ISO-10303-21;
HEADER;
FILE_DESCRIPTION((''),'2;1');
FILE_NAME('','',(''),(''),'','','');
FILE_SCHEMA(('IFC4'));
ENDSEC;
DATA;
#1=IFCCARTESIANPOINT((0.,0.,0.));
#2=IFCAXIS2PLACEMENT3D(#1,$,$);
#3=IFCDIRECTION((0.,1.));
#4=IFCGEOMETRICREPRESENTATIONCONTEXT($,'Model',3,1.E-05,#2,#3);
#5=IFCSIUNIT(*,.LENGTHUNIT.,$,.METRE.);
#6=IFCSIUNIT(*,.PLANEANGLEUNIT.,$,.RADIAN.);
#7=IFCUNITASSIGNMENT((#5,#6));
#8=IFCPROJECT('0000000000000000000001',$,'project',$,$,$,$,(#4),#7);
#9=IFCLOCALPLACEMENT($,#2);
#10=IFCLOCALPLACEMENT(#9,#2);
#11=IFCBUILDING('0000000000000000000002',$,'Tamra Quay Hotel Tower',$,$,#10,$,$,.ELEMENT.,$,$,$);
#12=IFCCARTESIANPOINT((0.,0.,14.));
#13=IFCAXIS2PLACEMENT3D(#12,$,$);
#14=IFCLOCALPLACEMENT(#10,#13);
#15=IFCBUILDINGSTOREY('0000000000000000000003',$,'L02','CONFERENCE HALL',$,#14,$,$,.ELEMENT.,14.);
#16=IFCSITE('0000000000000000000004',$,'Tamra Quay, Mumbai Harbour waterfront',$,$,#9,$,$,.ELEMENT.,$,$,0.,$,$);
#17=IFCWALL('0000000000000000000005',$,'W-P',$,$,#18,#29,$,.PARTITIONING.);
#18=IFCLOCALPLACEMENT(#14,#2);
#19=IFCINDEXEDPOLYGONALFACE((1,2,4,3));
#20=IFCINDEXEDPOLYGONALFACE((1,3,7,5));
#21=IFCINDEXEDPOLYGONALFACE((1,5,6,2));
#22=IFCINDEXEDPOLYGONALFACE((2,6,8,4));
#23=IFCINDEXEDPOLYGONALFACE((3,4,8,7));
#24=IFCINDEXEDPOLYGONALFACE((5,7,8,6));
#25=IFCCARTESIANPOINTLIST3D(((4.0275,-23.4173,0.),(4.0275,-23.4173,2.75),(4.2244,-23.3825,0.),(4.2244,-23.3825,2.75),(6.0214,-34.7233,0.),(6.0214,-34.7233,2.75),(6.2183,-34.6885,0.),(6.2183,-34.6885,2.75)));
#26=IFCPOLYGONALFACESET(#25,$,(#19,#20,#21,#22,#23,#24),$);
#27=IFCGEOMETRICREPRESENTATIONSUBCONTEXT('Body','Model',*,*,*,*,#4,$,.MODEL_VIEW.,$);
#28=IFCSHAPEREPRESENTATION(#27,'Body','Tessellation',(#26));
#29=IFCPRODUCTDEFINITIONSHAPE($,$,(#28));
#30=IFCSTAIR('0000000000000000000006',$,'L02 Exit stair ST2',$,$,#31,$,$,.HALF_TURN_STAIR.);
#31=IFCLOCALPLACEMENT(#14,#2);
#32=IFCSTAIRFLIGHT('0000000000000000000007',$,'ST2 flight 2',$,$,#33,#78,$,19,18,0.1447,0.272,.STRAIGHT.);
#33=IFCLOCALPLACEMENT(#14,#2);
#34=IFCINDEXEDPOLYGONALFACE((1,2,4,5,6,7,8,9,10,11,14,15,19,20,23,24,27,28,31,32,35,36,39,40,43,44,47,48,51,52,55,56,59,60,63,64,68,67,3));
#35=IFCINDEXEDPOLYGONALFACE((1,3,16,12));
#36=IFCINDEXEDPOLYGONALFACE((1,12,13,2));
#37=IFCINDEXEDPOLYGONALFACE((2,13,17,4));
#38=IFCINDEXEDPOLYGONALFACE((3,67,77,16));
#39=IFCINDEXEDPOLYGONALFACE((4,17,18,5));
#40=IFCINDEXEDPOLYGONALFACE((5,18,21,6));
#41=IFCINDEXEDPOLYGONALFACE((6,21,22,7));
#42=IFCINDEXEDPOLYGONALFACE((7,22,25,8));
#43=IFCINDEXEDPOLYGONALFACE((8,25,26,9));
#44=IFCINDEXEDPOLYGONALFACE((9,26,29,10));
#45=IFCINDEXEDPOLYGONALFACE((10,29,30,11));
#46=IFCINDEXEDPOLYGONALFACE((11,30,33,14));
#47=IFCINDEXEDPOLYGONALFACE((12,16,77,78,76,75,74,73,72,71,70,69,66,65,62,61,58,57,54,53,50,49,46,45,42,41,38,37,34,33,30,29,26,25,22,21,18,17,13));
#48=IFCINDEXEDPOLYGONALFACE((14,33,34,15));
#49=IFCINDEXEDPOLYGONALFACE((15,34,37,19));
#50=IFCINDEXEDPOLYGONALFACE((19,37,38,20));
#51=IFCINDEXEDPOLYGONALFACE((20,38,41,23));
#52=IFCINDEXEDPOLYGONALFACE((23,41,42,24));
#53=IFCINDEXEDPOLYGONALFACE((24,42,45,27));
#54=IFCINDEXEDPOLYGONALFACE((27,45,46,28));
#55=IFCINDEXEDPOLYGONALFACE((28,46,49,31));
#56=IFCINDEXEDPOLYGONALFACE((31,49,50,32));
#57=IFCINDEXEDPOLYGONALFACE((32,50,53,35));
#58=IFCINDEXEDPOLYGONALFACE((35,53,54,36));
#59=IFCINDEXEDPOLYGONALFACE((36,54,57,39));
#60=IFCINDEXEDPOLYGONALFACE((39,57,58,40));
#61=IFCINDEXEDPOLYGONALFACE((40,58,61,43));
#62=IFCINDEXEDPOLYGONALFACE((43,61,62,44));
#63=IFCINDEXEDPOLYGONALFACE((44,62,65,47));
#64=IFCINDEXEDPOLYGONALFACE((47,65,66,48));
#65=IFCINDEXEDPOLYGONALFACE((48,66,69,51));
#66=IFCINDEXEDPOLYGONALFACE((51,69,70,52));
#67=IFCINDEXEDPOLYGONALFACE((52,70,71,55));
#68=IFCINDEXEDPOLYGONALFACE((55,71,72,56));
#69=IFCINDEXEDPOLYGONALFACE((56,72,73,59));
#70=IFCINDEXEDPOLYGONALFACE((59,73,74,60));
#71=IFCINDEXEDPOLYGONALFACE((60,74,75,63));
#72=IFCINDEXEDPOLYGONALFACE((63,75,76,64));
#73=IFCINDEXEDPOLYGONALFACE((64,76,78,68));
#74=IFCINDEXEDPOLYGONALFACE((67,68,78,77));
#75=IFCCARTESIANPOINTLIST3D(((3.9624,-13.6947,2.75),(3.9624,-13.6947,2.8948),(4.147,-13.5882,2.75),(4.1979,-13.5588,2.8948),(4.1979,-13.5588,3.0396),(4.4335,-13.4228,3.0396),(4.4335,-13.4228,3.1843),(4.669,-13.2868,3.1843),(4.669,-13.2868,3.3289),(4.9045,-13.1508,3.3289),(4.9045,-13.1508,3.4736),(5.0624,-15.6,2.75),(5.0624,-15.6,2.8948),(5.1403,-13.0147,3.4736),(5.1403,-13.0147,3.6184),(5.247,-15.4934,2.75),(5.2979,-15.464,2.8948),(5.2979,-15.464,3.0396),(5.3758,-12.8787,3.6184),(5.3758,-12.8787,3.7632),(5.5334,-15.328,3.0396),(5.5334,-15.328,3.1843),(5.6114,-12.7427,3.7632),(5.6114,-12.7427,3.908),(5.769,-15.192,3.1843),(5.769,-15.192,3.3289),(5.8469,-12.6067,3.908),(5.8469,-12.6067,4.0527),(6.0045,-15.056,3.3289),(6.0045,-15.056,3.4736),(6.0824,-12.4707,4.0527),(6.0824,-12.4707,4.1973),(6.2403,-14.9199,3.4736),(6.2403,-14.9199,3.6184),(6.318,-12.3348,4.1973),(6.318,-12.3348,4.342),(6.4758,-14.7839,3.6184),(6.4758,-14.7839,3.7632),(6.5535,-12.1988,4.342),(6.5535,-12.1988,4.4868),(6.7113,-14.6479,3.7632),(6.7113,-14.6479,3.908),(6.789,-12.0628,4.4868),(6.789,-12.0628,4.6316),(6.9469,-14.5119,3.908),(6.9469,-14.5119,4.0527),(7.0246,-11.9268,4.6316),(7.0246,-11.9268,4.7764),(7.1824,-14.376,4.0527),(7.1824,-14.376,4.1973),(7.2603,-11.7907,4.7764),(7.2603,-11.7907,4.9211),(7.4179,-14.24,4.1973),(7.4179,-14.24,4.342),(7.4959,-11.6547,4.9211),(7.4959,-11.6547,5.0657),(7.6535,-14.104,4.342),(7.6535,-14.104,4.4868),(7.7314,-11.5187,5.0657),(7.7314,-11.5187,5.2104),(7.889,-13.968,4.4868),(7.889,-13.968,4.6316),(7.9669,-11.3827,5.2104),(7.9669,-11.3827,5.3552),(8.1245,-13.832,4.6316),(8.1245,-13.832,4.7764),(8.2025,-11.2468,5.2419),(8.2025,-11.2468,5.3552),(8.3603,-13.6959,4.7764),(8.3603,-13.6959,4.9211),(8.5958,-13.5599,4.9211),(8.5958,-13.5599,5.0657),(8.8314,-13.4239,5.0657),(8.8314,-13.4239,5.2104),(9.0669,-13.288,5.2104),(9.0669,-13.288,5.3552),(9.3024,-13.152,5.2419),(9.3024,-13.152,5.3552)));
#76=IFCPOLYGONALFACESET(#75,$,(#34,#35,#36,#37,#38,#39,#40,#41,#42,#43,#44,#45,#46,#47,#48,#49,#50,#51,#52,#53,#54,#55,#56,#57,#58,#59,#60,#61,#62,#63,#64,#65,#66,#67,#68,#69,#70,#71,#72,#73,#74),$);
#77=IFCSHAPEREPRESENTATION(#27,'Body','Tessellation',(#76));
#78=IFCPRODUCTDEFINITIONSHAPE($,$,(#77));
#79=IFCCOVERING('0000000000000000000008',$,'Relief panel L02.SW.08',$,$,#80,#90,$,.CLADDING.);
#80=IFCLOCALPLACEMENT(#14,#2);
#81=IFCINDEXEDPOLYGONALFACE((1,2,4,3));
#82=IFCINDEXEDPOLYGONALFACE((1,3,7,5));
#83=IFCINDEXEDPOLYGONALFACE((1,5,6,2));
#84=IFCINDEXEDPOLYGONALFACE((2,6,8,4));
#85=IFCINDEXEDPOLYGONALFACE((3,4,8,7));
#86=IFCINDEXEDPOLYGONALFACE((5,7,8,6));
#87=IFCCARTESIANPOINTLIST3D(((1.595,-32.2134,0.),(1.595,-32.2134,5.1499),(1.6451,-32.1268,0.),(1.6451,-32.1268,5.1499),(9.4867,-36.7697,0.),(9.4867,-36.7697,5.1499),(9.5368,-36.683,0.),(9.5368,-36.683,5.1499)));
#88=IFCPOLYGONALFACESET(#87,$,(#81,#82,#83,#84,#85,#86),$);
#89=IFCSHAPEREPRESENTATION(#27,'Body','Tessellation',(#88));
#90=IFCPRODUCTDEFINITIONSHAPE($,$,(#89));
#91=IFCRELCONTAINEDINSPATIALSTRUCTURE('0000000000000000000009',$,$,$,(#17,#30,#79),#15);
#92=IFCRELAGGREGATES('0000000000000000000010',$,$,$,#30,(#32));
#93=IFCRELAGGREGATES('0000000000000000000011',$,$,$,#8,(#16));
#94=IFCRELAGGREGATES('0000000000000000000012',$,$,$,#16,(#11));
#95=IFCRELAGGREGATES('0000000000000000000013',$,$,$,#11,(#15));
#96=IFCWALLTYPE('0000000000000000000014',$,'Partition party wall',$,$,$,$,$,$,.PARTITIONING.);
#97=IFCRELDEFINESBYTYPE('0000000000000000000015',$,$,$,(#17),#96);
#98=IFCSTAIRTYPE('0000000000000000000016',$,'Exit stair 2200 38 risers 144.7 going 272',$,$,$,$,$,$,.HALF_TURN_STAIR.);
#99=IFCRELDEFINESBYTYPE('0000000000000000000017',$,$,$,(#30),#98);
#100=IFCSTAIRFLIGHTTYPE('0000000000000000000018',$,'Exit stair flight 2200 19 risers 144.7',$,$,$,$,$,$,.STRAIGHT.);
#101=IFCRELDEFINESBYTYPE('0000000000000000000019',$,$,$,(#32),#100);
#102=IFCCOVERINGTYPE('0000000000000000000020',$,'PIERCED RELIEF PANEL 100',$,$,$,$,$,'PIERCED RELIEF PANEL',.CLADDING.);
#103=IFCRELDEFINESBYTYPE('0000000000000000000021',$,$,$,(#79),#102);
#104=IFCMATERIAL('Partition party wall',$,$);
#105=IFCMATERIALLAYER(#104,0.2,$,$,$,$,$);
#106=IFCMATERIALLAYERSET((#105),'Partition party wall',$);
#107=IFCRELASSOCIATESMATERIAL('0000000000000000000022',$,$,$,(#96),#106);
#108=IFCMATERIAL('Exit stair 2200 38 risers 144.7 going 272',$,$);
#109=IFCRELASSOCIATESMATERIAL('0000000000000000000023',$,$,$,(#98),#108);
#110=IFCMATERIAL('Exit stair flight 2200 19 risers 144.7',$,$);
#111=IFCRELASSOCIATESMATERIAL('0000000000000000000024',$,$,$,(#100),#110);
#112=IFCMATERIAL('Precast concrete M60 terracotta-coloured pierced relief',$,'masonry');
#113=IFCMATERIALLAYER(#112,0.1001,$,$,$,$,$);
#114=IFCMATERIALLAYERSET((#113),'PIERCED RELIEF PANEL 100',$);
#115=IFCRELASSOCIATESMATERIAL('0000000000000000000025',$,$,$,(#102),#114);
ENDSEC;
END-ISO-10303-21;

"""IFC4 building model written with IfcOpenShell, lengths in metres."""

from ifc_helpers import new_model, si_unit, direction, frame, frame_2d, origin, origin_2d, place, context, subcontext, project, spatial, polyline, rectangle, outline, extrude, material, layer, layer_set, type_object, element, aggregate, save


model = new_model("IFC4")

# Units and contexts
model_context = context("Model", 3, precision=1e-05, world=origin(), true_north=direction((0.0, 1.0)))
body_context = subcontext(model_context, "Body", "Model", "MODEL_VIEW")
ifc_project = project(units=[si_unit("LENGTHUNIT", "METRE"), si_unit("PLANEANGLEUNIT", "RADIAN")], contexts=[model_context])

# Site, building, storey
site_placement = place(None, origin())
site = spatial("IfcSite", under=ifc_project, at=site_placement, Name="Tamra Quay, Mumbai Harbour waterfront", CompositionType="ELEMENT", RefElevation=0.0)
building_placement = place(site_placement, origin())
building = spatial("IfcBuilding", under=site, at=building_placement, Name="Tamra Quay Hotel Tower", CompositionType="ELEMENT")
storey_placement = place(building_placement, frame((0.0, 0.0, 14.0)))
storey = spatial("IfcBuildingStorey", under=building, at=storey_placement, Name="L02", Description="CONFERENCE HALL", CompositionType="ELEMENT", Elevation=14.0)

# Wall
ifc_material_1 = material(Name="Partition party wall")
ifc_layer_1 = layer(ifc_material_1, 0.2)
ifc_layer_set_1 = layer_set([ifc_layer_1], Name="Partition party wall")
wall_type_1 = type_object("IfcWallType", Name="Partition party wall", PredefinedType="PARTITIONING", material=ifc_layer_set_1)
wall_1_placement = place(storey_placement, frame((4.126, -23.3999, 0.0), z_axis=(0.0, 0.0, 1.0), x_axis=(0.173679, -0.984802, 0.0)))
element("IfcWall", 1, at=wall_1_placement, inside=storey, type_object=wall_type_1, Name="W-P", PredefinedType="PARTITIONING", context=body_context, shape_type="SweptSolid", body=[
    extrude(rectangle(XDim=11.4805, YDim=0.2, at=frame_2d((5.7402, 0.0))), origin(), (0.0, 0.0, 1.0), 2.75),
])

# Stair, stair flight
ifc_material_2 = material(Name="Exit stair 2200 38 risers 144.7 going 272")
stair_type = type_object("IfcStairType", Name="Exit stair 2200 38 risers 144.7 going 272", PredefinedType="HALF_TURN_STAIR", material=ifc_material_2)
stair_placement = place(storey_placement, origin())
stair = element("IfcStair", 2, at=stair_placement, inside=storey, type_object=stair_type, Name="L02 Exit stair ST2", PredefinedType="HALF_TURN_STAIR")
ifc_material_3 = material(Name="Exit stair flight 2200 19 risers 144.7")
stair_flight_type = type_object("IfcStairFlightType", Name="Exit stair flight 2200 19 risers 144.7", PredefinedType="STRAIGHT", material=ifc_material_3)
stair_flight_placement = place(storey_placement, frame((4.5125, -14.6475, 2.75), z_axis=(0.0, 0.0, 1.0), x_axis=(0.866025, 0.5, 0.0)))
stair_flight = element("IfcStairFlight", 3, at=stair_flight_placement, type_object=stair_flight_type, Name="ST2 flight 2", NumberOfRisers=19, NumberOfTreads=18, PredefinedType="STRAIGHT", RiserHeight=0.1447, TreadLength=0.272, context=body_context, shape_type="SweptSolid", body=[
    extrude(outline(polyline([(0.0, 0.0), (0.0, 0.1448), (0.272, 0.1448), (0.272, 0.2896), (0.5439, 0.2896), (0.5439, 0.4343), (0.8159, 0.4343), (0.8159, 0.5789), (1.0879, 0.5789), (1.0879, 0.7236), (1.3601, 0.7236), (1.3601, 0.8684), (1.6321, 0.8684), (1.6321, 1.0132), (1.9041, 1.0132), (1.9041, 1.158), (2.176, 1.158), (2.176, 1.3027), (2.448, 1.3027), (2.448, 1.4473), (2.72, 1.4473), (2.72, 1.592), (2.9919, 1.592), (2.9919, 1.7368), (3.2639, 1.7368), (3.2639, 1.8816), (3.5359, 1.8816), (3.5359, 2.0264), (3.8081, 2.0264), (3.8081, 2.1711), (4.0801, 2.1711), (4.0801, 2.3157), (4.3521, 2.3157), (4.3521, 2.4604), (4.624, 2.4604), (4.624, 2.6052), (4.896, 2.6052), (4.896, 2.75), (4.896, 2.4919), (0.2131, 0.0), (0.0, 0.0)])), frame((0.0, 1.1001, 0.0), z_axis=(0.0, -1.0, 0.0), x_axis=(1.0, 0.0, 0.0)), (0.0, 0.0, 1.0), 2.2),
])
aggregate(stair, [stair_flight])

# Covering
ifc_material_4 = material(Name="Precast concrete M60 terracotta-coloured pierced relief", Category="masonry")
ifc_layer_2 = layer(ifc_material_4, 0.1001)
ifc_layer_set_2 = layer_set([ifc_layer_2], Name="PIERCED RELIEF PANEL 100")
covering_type = type_object("IfcCoveringType", Name="PIERCED RELIEF PANEL 100", ElementType="PIERCED RELIEF PANEL", PredefinedType="CLADDING", material=ifc_layer_set_2)
covering_placement = place(storey_placement, frame((5.5659, -34.4482, 0.0), z_axis=(0.0, 0.0, 1.0), x_axis=(0.866025, -0.5, 0.0)))
element("IfcCovering", 4, at=covering_placement, inside=storey, type_object=covering_type, Name="Relief panel L02.SW.08", PredefinedType="CLADDING", context=body_context, shape_type="SweptSolid", body=[
    extrude(rectangle(XDim=9.1125, YDim=0.1001, at=origin_2d()), origin(), (0.0, 0.0, 1.0), 5.1499),
])

save(model, "model.ifc")
